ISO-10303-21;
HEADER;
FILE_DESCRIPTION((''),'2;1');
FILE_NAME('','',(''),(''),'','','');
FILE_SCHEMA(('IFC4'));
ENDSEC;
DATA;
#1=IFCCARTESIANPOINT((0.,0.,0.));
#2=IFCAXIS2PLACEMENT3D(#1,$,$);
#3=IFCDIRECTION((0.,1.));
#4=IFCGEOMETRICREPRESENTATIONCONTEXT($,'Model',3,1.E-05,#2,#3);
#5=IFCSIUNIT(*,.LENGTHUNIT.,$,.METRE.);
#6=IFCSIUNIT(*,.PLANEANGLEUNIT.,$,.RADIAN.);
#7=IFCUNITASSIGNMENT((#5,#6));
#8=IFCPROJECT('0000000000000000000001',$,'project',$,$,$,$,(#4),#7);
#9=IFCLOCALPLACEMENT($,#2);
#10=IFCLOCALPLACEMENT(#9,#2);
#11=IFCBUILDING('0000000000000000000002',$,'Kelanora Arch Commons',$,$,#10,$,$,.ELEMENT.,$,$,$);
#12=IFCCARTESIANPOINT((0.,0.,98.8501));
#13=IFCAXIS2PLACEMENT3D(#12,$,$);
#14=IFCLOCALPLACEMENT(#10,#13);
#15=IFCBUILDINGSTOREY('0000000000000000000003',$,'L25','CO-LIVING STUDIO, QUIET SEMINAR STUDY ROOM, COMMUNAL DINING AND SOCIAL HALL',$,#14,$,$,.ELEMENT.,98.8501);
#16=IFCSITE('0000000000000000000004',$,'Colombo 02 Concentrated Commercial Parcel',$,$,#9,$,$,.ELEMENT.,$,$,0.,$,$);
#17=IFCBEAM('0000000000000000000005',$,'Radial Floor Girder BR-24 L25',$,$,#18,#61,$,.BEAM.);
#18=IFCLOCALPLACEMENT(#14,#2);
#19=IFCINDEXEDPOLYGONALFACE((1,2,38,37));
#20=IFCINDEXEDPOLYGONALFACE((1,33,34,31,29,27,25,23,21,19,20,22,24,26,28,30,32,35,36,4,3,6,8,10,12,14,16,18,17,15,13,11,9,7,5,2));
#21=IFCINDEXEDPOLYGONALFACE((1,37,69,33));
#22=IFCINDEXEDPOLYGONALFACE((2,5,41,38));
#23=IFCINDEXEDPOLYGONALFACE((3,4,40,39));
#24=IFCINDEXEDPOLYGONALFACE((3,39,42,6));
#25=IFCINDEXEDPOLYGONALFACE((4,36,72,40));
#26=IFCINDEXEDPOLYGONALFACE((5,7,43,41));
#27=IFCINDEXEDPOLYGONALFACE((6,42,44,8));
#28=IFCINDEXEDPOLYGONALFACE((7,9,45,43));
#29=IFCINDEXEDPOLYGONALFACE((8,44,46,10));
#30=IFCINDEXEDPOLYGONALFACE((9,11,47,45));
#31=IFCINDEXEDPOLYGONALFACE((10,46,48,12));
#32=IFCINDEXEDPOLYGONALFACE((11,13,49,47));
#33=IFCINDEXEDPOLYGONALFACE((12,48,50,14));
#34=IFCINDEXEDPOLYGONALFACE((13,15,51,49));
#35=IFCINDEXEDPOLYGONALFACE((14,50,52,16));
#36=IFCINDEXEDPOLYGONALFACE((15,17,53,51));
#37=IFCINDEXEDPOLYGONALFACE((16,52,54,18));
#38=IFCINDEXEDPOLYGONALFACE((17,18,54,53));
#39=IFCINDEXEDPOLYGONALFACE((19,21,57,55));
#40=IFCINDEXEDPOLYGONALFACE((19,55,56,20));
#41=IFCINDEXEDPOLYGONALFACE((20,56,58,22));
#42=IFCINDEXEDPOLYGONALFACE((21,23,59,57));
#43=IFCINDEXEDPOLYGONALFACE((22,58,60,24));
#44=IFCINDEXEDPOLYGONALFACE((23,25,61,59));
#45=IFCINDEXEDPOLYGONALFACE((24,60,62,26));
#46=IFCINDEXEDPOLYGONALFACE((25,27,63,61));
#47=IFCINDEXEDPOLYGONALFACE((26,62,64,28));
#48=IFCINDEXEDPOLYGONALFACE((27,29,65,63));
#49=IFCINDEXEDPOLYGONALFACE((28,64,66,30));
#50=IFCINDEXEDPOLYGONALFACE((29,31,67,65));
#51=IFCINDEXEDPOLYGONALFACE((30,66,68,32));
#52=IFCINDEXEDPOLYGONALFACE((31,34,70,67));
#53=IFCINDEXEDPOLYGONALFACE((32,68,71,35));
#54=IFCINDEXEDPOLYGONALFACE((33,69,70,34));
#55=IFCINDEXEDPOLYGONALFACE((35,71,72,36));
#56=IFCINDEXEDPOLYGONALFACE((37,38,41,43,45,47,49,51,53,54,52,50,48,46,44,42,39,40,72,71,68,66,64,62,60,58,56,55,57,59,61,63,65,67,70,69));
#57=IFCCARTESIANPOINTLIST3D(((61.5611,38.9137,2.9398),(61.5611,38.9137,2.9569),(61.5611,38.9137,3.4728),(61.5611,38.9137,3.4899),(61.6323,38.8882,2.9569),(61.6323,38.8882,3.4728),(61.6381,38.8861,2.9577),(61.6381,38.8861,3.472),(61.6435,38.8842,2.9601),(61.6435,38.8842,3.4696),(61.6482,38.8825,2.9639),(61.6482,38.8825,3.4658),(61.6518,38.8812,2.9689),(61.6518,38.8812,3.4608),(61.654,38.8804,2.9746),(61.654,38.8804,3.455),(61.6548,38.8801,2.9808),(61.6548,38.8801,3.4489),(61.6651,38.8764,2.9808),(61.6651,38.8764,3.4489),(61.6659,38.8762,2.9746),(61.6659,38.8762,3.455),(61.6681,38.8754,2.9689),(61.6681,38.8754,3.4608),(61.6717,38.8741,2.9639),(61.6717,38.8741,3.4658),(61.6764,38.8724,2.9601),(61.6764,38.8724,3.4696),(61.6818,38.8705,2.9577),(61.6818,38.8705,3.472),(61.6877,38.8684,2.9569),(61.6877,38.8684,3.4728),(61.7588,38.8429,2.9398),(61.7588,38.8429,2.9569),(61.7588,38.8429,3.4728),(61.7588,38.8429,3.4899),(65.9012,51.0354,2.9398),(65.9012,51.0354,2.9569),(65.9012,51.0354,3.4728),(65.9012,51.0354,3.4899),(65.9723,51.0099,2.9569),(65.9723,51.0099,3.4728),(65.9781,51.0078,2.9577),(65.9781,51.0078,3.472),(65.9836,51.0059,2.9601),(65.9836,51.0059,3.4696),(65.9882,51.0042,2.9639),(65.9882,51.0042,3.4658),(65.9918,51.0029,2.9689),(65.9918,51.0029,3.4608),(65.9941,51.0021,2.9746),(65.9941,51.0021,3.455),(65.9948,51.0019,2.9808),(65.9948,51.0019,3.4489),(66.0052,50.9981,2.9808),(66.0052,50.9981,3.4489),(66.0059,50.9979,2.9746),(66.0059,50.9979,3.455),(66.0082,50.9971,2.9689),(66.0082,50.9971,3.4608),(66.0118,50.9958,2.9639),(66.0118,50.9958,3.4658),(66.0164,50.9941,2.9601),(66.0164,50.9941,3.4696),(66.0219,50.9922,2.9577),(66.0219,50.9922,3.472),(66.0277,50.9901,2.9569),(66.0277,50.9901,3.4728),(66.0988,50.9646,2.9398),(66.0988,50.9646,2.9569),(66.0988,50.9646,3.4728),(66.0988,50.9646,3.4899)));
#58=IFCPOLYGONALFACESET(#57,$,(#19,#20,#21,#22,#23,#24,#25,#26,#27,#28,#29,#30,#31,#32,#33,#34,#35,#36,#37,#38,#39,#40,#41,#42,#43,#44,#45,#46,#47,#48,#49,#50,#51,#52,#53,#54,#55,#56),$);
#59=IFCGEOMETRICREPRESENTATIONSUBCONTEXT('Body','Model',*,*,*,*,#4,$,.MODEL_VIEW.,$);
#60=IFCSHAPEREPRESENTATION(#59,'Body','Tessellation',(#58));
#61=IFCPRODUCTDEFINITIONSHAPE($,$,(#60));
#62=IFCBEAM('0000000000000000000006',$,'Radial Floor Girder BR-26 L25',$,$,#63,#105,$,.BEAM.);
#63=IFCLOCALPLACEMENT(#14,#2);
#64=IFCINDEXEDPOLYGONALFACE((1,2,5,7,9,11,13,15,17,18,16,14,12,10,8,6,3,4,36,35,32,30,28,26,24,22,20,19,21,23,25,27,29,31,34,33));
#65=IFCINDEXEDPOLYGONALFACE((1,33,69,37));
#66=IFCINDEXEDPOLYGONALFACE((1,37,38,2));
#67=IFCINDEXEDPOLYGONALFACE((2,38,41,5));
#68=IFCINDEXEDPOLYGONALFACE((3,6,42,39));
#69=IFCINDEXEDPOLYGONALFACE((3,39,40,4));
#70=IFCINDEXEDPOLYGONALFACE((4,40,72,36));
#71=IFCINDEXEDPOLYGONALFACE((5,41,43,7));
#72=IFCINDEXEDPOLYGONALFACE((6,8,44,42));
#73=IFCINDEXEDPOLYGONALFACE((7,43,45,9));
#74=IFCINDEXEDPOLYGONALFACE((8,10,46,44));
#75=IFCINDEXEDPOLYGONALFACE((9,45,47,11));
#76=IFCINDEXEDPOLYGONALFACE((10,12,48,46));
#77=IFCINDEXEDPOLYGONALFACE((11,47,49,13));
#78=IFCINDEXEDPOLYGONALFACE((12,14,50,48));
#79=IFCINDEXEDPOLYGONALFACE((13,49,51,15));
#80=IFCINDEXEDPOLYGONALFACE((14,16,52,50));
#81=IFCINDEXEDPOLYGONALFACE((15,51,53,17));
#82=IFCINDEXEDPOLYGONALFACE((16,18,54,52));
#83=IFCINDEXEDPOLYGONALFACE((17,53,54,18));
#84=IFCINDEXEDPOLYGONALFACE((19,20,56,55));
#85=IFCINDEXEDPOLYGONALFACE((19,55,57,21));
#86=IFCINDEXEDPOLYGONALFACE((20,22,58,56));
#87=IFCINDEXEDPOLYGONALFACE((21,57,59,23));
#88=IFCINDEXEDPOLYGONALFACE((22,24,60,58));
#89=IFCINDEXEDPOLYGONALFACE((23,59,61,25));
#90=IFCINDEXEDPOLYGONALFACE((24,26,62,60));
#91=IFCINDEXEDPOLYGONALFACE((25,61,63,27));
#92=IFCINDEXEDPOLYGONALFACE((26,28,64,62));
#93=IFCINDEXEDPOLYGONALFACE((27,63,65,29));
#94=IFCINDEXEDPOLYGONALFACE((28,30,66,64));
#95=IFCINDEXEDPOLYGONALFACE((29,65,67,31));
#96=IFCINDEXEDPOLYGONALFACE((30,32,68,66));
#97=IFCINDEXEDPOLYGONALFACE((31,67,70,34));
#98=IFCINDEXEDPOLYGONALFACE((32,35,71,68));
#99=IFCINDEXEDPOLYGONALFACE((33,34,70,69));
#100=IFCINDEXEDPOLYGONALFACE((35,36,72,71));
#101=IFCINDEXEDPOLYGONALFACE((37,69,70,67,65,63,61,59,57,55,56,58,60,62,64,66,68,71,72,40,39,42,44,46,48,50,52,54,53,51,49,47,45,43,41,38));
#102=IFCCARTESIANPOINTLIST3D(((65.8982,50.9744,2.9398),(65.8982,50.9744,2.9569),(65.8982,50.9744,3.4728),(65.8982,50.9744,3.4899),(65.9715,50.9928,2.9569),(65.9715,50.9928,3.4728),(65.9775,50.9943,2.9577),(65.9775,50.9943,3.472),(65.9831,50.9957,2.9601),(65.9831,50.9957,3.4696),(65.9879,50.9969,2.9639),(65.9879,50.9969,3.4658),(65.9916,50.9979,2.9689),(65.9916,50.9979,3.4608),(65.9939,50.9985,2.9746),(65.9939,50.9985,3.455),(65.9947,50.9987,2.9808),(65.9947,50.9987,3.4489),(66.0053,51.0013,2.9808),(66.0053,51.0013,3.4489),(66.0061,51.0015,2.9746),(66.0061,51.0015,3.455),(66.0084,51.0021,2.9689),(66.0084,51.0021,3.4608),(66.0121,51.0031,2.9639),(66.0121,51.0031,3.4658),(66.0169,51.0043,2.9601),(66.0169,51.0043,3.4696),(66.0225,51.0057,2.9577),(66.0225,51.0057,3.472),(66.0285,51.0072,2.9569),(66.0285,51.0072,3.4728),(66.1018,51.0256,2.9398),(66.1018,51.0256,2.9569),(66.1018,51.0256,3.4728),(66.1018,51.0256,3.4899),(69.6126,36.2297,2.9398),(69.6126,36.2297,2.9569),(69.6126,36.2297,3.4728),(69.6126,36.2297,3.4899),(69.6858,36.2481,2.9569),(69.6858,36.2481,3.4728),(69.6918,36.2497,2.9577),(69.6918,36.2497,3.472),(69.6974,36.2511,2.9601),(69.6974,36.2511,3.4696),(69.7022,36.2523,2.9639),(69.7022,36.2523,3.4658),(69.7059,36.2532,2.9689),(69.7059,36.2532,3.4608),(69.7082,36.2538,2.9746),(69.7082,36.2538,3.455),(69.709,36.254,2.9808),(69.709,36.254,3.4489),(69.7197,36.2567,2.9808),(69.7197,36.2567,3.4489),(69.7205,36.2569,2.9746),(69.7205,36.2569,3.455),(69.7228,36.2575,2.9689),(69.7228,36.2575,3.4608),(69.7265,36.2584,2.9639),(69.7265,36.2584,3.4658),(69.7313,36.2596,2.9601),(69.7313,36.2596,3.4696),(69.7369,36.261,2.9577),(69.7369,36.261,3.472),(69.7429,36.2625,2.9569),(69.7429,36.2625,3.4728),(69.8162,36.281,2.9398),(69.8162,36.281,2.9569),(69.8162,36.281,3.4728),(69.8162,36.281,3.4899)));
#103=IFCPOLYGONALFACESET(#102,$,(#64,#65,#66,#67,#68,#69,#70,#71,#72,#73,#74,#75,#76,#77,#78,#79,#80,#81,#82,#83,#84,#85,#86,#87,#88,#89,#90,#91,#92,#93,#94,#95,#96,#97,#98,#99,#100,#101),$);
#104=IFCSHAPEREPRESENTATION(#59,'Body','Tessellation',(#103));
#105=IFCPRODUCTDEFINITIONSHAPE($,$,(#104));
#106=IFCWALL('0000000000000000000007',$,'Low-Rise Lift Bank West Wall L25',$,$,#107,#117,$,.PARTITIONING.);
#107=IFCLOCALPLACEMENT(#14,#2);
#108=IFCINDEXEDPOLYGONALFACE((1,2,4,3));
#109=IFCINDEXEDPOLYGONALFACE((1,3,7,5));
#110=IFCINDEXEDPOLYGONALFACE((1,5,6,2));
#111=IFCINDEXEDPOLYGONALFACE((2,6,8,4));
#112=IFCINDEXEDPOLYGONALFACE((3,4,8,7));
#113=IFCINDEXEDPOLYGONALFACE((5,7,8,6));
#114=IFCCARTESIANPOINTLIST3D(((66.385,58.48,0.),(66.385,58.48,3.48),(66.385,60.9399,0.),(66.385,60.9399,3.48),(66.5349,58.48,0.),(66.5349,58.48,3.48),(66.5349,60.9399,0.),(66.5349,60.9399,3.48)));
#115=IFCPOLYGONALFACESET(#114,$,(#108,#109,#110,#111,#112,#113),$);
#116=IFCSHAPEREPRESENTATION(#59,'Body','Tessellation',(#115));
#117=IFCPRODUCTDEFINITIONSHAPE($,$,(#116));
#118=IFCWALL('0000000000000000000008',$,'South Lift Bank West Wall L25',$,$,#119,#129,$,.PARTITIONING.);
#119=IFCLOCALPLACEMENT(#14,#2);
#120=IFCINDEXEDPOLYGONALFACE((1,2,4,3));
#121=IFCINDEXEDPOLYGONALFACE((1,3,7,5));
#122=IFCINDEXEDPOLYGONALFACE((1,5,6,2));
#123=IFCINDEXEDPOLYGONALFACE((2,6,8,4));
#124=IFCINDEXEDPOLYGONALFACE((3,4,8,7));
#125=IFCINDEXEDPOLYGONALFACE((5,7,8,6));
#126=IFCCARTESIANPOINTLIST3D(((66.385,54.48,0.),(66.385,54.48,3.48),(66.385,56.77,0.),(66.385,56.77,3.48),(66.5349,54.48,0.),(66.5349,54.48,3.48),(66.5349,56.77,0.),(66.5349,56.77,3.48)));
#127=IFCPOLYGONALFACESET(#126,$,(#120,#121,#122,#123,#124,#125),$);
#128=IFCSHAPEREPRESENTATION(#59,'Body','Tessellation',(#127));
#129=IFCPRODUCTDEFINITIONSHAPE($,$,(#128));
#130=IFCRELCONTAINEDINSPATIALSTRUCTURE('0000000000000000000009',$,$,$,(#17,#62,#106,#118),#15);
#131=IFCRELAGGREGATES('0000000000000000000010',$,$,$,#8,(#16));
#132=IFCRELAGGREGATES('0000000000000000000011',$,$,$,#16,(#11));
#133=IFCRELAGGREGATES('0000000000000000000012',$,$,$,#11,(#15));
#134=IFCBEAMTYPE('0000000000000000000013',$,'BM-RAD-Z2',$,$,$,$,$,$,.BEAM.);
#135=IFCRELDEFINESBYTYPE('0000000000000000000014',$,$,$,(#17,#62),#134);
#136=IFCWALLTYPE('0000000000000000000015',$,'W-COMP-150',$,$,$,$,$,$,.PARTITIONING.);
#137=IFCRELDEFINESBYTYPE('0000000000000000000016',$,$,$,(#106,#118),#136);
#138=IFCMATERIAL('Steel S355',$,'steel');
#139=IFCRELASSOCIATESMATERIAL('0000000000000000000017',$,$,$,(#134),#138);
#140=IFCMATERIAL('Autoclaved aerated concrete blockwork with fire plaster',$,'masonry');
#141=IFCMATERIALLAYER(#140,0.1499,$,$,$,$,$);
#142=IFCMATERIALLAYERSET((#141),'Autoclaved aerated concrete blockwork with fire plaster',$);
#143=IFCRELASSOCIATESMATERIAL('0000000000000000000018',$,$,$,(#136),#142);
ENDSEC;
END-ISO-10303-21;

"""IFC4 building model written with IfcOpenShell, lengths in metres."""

from ifc_helpers import new_model, si_unit, direction, frame, frame_2d, origin, origin_2d, place, context, subcontext, project, spatial, rectangle, i_section, extrude, material, layer, layer_set, material_profile, profile_set, type_object, element, save


model = new_model("IFC4")

# Units and contexts
model_context = context("Model", 3, precision=1e-05, world=origin(), true_north=direction((0.0, 1.0)))
body_context = subcontext(model_context, "Body", "Model", "MODEL_VIEW")
ifc_project = project(units=[si_unit("LENGTHUNIT", "METRE"), si_unit("PLANEANGLEUNIT", "RADIAN")], contexts=[model_context])

# Site, building, storey
site_placement = place(None, origin())
site = spatial("IfcSite", under=ifc_project, at=site_placement, Name="Colombo 02 Concentrated Commercial Parcel", CompositionType="ELEMENT", RefElevation=0.0)
building_placement = place(site_placement, origin())
building = spatial("IfcBuilding", under=site, at=building_placement, Name="Kelanora Arch Commons", CompositionType="ELEMENT")
storey_placement = place(building_placement, frame((0.0, 0.0, 98.8501)))
storey = spatial("IfcBuildingStorey", under=building, at=storey_placement, Name="L25", Description="CO-LIVING STUDIO, QUIET SEMINAR STUDY ROOM, COMMUNAL DINING AND SOCIAL HALL", CompositionType="ELEMENT", Elevation=98.8501)

# Beams
ifc_material_1 = material(Name="Steel S355", Category="steel")
ifc_material_profile_1 = material_profile(ifc_material_1, i_section(OverallWidth=0.21, OverallDepth=0.55, WebThickness=0.011, FlangeThickness=0.0171, FilletRadius=0.0239, at=origin_2d()), Name="IPE550")
ifc_profile_set_1 = profile_set([ifc_material_profile_1], Name="Steel S355")
beam_type_1 = type_object("IfcBeamType", Name="BM-RAD-Z2", PredefinedType="BEAM", material=ifc_profile_set_1)
beam_1_placement = place(storey_placement, frame((66.0, 51.0, 3.2148), z_axis=(-0.337085, -0.941474, 0.0), x_axis=(0.941474, -0.337085, 0.0)))
element("IfcBeam", 1, at=beam_1_placement, inside=storey, type_object=beam_type_1, Name="Radial Floor Girder BR-24 L25", PredefinedType="BEAM", context=body_context, shape_type="SweptSolid", body=[
    extrude(i_section(OverallWidth=0.21, OverallDepth=0.55, WebThickness=0.011, FlangeThickness=0.0171, FilletRadius=0.0239, at=origin_2d()), origin(), (0.0, 0.0, 1.0), 12.8752),
])
beam_2_placement = place(storey_placement, frame((66.0, 51.0, 3.2148), z_axis=(0.244281, -0.969705, 0.0), x_axis=(0.969705, 0.244281, 0.0)))
element("IfcBeam", 2, at=beam_2_placement, inside=storey, type_object=beam_type_1, Name="Radial Floor Girder BR-26 L25", PredefinedType="BEAM", context=body_context, shape_type="SweptSolid", body=[
    extrude(i_section(OverallWidth=0.21, OverallDepth=0.55, WebThickness=0.011, FlangeThickness=0.0171, FilletRadius=0.0239, at=origin_2d()), origin(), (0.0, 0.0, 1.0), 15.2053),
])

# Walls
ifc_material_2 = material(Name="Autoclaved aerated concrete blockwork with fire plaster", Category="masonry")
ifc_layer_1 = layer(ifc_material_2, 0.1499)
ifc_layer_set_1 = layer_set([ifc_layer_1], Name="Autoclaved aerated concrete blockwork with fire plaster")
wall_type_1 = type_object("IfcWallType", Name="W-COMP-150", PredefinedType="PARTITIONING", material=ifc_layer_set_1)
wall_1_placement = place(storey_placement, frame((66.46, 58.48, 0.0), z_axis=(0.0, 0.0, 1.0), x_axis=(0.0, 1.0, 0.0)))
element("IfcWall", 3, at=wall_1_placement, inside=storey, type_object=wall_type_1, Name="Low-Rise Lift Bank West Wall L25", PredefinedType="PARTITIONING", context=body_context, shape_type="SweptSolid", body=[
    extrude(rectangle(XDim=2.46, YDim=0.1499, at=frame_2d((1.23, 0.0))), origin(), (0.0, 0.0, 1.0), 3.48),
])
wall_2_placement = place(storey_placement, frame((66.46, 54.48, 0.0), z_axis=(0.0, 0.0, 1.0), x_axis=(0.0, 1.0, 0.0)))
element("IfcWall", 4, at=wall_2_placement, inside=storey, type_object=wall_type_1, Name="South Lift Bank West Wall L25", PredefinedType="PARTITIONING", context=body_context, shape_type="SweptSolid", body=[
    extrude(rectangle(XDim=2.29, YDim=0.1499, at=frame_2d((1.145, 0.0))), origin(), (0.0, 0.0, 1.0), 3.48),
])

save(model, "model.ifc")
